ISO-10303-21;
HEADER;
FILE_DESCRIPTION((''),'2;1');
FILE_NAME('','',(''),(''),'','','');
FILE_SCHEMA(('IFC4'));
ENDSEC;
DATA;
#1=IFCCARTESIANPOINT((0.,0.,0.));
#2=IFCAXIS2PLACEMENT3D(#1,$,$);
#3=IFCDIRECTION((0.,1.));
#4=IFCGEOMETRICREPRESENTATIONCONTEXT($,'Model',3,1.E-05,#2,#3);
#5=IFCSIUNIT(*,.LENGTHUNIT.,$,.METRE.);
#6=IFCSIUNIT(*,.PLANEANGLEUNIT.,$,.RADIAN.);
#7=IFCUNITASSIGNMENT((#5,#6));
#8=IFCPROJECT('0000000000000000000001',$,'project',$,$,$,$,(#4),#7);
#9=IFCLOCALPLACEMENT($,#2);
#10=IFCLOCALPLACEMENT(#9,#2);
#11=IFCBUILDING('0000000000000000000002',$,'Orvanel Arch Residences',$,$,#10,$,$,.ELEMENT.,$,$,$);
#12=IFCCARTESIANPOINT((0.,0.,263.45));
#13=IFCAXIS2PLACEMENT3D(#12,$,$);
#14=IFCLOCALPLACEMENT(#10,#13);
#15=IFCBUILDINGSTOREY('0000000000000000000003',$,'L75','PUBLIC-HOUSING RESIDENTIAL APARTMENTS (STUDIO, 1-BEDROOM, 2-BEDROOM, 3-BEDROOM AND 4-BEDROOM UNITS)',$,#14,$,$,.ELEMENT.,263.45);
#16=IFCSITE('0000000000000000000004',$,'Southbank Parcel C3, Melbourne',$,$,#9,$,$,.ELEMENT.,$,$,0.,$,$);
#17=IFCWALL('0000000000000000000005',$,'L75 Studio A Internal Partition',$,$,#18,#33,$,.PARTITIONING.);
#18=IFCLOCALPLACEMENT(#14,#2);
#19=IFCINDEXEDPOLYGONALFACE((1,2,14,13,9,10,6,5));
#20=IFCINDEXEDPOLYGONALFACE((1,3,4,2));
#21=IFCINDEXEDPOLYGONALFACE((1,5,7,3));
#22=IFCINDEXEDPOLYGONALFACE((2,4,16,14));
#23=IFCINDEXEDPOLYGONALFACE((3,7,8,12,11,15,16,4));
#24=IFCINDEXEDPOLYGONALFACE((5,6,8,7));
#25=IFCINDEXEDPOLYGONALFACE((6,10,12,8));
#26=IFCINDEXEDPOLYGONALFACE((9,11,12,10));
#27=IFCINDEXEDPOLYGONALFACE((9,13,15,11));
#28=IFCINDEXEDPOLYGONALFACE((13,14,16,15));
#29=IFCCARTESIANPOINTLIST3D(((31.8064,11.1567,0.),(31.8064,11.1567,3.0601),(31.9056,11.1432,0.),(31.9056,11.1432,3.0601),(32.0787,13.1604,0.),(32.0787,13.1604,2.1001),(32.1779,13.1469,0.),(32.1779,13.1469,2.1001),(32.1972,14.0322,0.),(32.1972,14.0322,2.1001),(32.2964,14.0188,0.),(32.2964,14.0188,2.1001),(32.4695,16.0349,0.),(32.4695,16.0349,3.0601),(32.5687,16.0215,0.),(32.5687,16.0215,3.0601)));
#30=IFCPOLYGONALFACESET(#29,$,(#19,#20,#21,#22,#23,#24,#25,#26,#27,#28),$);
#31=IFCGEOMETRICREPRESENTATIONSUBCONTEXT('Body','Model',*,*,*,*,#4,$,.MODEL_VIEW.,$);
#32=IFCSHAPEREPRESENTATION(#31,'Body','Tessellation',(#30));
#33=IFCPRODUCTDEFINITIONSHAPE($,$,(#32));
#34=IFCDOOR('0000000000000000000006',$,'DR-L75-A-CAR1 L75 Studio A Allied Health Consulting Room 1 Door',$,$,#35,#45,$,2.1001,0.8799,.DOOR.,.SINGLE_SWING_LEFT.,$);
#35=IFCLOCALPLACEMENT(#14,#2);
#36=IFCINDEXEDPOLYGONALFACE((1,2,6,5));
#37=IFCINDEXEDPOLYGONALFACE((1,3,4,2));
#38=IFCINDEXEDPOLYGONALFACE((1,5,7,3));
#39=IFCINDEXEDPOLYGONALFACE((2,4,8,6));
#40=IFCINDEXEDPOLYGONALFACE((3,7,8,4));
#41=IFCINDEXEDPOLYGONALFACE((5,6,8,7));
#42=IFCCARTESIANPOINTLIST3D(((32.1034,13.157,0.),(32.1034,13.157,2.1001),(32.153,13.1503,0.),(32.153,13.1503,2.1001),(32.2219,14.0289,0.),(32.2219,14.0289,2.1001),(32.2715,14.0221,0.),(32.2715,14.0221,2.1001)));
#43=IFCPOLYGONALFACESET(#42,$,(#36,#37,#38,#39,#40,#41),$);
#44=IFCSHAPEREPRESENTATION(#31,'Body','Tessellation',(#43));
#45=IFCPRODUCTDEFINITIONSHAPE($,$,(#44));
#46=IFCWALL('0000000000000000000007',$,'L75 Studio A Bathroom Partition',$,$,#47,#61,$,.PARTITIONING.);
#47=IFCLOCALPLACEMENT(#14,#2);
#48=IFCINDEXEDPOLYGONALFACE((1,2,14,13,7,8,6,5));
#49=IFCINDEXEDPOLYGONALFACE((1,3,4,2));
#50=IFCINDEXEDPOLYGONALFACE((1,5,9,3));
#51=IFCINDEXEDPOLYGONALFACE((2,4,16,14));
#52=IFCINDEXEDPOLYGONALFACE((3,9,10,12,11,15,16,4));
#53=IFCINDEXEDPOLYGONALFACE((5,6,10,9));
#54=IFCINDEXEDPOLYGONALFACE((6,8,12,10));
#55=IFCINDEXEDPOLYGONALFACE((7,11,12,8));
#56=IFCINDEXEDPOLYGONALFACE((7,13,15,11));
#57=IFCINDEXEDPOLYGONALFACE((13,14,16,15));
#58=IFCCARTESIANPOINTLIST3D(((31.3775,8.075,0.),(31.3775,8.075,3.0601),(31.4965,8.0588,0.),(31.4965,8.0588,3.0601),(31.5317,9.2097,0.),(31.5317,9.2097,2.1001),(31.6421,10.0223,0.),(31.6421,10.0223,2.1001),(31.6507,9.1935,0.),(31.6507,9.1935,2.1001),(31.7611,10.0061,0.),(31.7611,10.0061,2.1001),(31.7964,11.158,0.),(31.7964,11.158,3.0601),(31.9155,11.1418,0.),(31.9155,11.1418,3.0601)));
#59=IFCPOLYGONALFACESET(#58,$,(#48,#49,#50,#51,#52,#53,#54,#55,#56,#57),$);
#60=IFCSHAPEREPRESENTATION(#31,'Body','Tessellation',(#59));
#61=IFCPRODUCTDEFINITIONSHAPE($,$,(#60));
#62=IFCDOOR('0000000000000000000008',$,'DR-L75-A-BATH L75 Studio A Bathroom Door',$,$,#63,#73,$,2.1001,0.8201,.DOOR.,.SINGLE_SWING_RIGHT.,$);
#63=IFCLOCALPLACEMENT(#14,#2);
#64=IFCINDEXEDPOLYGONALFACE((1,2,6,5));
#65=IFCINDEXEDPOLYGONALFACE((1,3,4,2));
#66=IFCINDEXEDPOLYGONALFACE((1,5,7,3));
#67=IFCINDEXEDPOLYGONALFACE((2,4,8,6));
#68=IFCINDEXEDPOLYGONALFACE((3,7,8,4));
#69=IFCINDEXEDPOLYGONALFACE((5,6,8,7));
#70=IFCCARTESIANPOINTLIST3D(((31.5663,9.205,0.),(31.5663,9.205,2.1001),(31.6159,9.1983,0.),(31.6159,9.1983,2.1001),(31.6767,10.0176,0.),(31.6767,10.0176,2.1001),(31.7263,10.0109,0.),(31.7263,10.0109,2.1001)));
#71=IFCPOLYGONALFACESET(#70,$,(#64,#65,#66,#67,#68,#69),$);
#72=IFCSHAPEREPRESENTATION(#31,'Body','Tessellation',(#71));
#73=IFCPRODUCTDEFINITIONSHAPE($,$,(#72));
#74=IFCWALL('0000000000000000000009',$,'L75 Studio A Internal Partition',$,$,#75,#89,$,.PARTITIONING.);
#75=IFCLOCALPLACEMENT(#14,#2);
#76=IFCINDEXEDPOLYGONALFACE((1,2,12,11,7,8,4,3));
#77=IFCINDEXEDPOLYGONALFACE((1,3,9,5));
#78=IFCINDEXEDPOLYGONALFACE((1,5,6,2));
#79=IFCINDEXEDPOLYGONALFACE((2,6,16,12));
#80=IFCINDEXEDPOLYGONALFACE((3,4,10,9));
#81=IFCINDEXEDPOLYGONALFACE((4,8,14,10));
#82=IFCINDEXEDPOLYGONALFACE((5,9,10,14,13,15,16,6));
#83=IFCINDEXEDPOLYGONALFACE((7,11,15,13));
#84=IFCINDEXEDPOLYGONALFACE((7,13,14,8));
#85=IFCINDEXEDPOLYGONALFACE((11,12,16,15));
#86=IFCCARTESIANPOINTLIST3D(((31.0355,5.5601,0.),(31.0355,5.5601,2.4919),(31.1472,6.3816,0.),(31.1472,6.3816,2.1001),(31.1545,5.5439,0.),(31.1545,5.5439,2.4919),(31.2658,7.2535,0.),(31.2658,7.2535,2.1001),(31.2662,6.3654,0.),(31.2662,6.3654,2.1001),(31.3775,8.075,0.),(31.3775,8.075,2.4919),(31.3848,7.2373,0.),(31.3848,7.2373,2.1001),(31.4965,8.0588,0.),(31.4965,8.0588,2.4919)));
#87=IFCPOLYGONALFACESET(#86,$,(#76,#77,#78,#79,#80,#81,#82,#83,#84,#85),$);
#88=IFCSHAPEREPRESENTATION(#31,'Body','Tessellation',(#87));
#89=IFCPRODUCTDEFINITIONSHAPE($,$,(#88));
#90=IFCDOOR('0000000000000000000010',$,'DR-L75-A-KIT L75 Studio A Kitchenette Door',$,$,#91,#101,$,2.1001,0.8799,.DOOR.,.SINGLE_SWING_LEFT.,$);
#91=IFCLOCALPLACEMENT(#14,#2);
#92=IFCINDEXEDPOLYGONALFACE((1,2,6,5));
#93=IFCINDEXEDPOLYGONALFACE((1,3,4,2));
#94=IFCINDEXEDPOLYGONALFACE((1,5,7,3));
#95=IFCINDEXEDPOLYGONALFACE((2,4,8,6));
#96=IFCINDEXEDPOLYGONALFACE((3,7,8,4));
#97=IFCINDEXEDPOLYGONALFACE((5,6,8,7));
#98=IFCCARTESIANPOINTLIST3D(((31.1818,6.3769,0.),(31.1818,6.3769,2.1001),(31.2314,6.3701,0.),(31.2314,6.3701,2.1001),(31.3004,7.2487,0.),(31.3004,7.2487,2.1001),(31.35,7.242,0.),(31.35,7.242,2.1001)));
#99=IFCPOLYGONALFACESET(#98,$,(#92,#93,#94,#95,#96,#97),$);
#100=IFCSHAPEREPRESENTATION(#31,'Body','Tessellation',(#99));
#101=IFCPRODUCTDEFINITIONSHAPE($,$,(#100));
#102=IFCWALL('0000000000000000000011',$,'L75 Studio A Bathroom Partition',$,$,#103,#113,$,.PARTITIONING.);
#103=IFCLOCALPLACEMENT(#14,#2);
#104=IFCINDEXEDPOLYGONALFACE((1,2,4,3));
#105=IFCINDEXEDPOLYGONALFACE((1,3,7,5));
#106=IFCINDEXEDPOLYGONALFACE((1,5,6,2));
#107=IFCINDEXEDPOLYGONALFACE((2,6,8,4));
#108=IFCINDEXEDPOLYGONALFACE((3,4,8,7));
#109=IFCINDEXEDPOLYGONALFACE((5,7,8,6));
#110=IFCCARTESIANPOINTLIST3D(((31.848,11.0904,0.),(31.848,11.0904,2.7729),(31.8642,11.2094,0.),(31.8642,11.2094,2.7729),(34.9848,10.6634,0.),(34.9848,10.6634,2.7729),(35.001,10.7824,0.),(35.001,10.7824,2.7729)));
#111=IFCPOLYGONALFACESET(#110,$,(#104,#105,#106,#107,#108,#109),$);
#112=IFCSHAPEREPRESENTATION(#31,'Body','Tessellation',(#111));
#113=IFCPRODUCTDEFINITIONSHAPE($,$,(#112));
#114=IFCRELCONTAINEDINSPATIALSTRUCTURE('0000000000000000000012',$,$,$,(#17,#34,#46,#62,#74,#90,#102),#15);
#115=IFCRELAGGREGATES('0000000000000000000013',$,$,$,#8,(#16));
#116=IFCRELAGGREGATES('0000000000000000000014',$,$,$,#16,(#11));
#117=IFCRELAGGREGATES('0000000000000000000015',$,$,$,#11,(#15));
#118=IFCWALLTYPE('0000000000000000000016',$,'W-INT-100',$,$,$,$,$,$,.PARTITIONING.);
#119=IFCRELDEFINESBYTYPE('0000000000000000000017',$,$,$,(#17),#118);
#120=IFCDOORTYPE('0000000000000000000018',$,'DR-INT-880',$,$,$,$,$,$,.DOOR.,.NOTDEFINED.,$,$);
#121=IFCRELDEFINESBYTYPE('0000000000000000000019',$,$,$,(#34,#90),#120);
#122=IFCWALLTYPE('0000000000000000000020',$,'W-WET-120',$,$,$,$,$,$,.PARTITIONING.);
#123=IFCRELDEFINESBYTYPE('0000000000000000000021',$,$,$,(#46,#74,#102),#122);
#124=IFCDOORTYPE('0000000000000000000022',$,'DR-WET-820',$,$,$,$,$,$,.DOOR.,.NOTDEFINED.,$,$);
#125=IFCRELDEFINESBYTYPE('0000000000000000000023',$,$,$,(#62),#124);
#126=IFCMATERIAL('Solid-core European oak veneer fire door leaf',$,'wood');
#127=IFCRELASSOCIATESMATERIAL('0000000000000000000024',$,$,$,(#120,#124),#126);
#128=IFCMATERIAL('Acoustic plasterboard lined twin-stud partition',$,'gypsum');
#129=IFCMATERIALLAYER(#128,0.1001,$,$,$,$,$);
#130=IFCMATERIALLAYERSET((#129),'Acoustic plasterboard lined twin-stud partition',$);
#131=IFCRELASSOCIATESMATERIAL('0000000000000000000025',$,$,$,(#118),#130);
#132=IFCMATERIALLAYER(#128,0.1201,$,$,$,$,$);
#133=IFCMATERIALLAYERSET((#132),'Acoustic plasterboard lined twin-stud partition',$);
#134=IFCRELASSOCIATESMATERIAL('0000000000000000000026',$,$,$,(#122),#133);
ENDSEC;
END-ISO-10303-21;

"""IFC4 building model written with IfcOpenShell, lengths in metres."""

from ifc_helpers import new_model, si_unit, direction, frame, frame_2d, origin, place, context, subcontext, project, spatial, rectangle, extrude, material, layer, layer_set, type_object, element, fill, save


model = new_model("IFC4")

# Units and contexts
model_context = context("Model", 3, precision=1e-05, world=origin(), true_north=direction((0.0, 1.0)))
body_context = subcontext(model_context, "Body", "Model", "MODEL_VIEW")
ifc_project = project(units=[si_unit("LENGTHUNIT", "METRE"), si_unit("PLANEANGLEUNIT", "RADIAN")], contexts=[model_context])

# Site, building, storey
site_placement = place(None, origin())
site = spatial("IfcSite", under=ifc_project, at=site_placement, Name="Southbank Parcel C3, Melbourne", CompositionType="ELEMENT", RefElevation=0.0)
building_placement = place(site_placement, origin())
building = spatial("IfcBuilding", under=site, at=building_placement, Name="Orvanel Arch Residences", CompositionType="ELEMENT")
storey_placement = place(building_placement, frame((0.0, 0.0, 263.45)))
storey = spatial("IfcBuildingStorey", under=building, at=storey_placement, Name="L75", Description="PUBLIC-HOUSING RESIDENTIAL APARTMENTS (STUDIO, 1-BEDROOM, 2-BEDROOM, 3-BEDROOM AND 4-BEDROOM UNITS)", CompositionType="ELEMENT", Elevation=263.45)

# Shared definitions
ifc_material_1 = material(Name="Solid-core European oak veneer fire door leaf", Category="wood")
door_type_1 = type_object("IfcDoorType", Name="DR-INT-880", OperationType="NOTDEFINED", PredefinedType="DOOR", material=ifc_material_1)
door_type_2 = type_object("IfcDoorType", Name="DR-WET-820", OperationType="NOTDEFINED", PredefinedType="DOOR", material=ifc_material_1)

# Walls, openings, doors
ifc_material_2 = material(Name="Acoustic plasterboard lined twin-stud partition", Category="gypsum")
ifc_layer_1 = layer(ifc_material_2, 0.1001)
ifc_layer_set_1 = layer_set([ifc_layer_1], Name="Acoustic plasterboard lined twin-stud partition")
wall_type_1 = type_object("IfcWallType", Name="W-INT-100", PredefinedType="PARTITIONING", material=ifc_layer_set_1)
wall_1_placement = place(storey_placement, frame((32.519, 16.0281, 0.0), z_axis=(0.0, 0.0, 1.0), x_axis=(-0.134691, -0.990888, 0.0)))
wall_1 = element("IfcWall", 1, at=wall_1_placement, inside=storey, type_object=wall_type_1, Name="L75 Studio A Internal Partition", PredefinedType="PARTITIONING", context=body_context, shape_type="SweptSolid", body=[
    extrude(rectangle(XDim=4.9231, YDim=0.1001, at=frame_2d((2.4614, 0.0))), origin(), (0.0, 0.0, 1.0), 3.0601),
])
opening_1_placement = place(wall_1_placement, frame((2.021, 0.0, 0.0)))
opening_1 = element("IfcOpeningElement", 2, at=opening_1_placement, cuts=wall_1, PredefinedType="OPENING", context=body_context, shape_type="SweptSolid", body=[
    extrude(rectangle(XDim=0.8799, YDim=2.1001, at=frame_2d((0.4399, 1.05))), frame((0.0, 0.0601, 0.0), z_axis=(0.0, -1.0, 0.0), x_axis=(1.0, 0.0, 0.0)), (0.0, 0.0, 1.0), 0.1201),
])
door_1_placement = place(opening_1_placement, origin())
door_1 = element("IfcDoor", 3, at=door_1_placement, inside=storey, type_object=door_type_1, Name="DR-L75-A-CAR1 L75 Studio A Allied Health Consulting Room 1 Door", OperationType="SINGLE_SWING_LEFT", OverallHeight=2.1001, OverallWidth=0.8799, PredefinedType="DOOR", context=body_context, shape_type="SweptSolid", body=[
    extrude(rectangle(XDim=0.8799, YDim=2.1001, at=frame_2d((0.4399, 1.05))), frame((0.0, 0.0249, 0.0), z_axis=(0.0, -1.0, 0.0), x_axis=(1.0, 0.0, 0.0)), (0.0, 0.0, 1.0), 0.05),
])
fill(opening_1, door_1)
ifc_layer_2 = layer(ifc_material_2, 0.1201)
ifc_layer_set_2 = layer_set([ifc_layer_2], Name="Acoustic plasterboard lined twin-stud partition")
wall_type_2 = type_object("IfcWallType", Name="W-WET-120", PredefinedType="PARTITIONING", material=ifc_layer_set_2)
wall_2_placement = place(storey_placement, frame((31.856, 11.1499, 0.0), z_axis=(0.0, 0.0, 1.0), x_axis=(-0.134651, -0.990893, 0.0)))
wall_2 = element("IfcWall", 4, at=wall_2_placement, inside=storey, type_object=wall_type_2, Name="L75 Studio A Bathroom Partition", PredefinedType="PARTITIONING", context=body_context, shape_type="SweptSolid", body=[
    extrude(rectangle(XDim=3.1113, YDim=0.1201, at=frame_2d((1.5557, 0.0))), origin(), (0.0, 0.0, 1.0), 3.0601),
])
opening_2_placement = place(wall_2_placement, frame((1.146, 0.0, 0.0)))
opening_2 = element("IfcOpeningElement", 5, at=opening_2_placement, cuts=wall_2, PredefinedType="OPENING", context=body_context, shape_type="SweptSolid", body=[
    extrude(rectangle(XDim=0.8201, YDim=2.1001, at=frame_2d((0.4102, 1.05))), frame((0.0, 0.0701, 0.0), z_axis=(0.0, -1.0, 0.0), x_axis=(1.0, 0.0, 0.0)), (0.0, 0.0, 1.0), 0.1401),
])
door_2_placement = place(opening_2_placement, origin())
door_2 = element("IfcDoor", 6, at=door_2_placement, inside=storey, type_object=door_type_2, Name="DR-L75-A-BATH L75 Studio A Bathroom Door", OperationType="SINGLE_SWING_RIGHT", OverallHeight=2.1001, OverallWidth=0.8201, PredefinedType="DOOR", context=body_context, shape_type="SweptSolid", body=[
    extrude(rectangle(XDim=0.8201, YDim=2.1001, at=frame_2d((0.4102, 1.05))), frame((0.0, 0.0249, 0.0), z_axis=(0.0, -1.0, 0.0), x_axis=(1.0, 0.0, 0.0)), (0.0, 0.0, 1.0), 0.05),
])
fill(opening_2, door_2)
wall_3_placement = place(storey_placement, frame((31.437, 8.0669, 0.0), z_axis=(0.0, 0.0, 1.0), x_axis=(-0.134765, -0.990878, 0.0)))
wall_3 = element("IfcWall", 7, at=wall_3_placement, inside=storey, type_object=wall_type_2, Name="L75 Studio A Internal Partition", PredefinedType="PARTITIONING", context=body_context, shape_type="SweptSolid", body=[
    extrude(rectangle(XDim=2.5381, YDim=0.1201, at=frame_2d((1.269, 0.0))), origin(), (0.0, 0.0, 1.0), 2.4919),
])
opening_3_placement = place(wall_3_placement, frame((0.8291, 0.0, 0.0)))
opening_3 = element("IfcOpeningElement", 8, at=opening_3_placement, cuts=wall_3, PredefinedType="OPENING", context=body_context, shape_type="SweptSolid", body=[
    extrude(rectangle(XDim=0.8799, YDim=2.1001, at=frame_2d((0.4399, 1.05))), frame((0.0, 0.0701, 0.0), z_axis=(0.0, -1.0, 0.0), x_axis=(1.0, 0.0, 0.0)), (0.0, 0.0, 1.0), 0.1401),
])
door_3_placement = place(opening_3_placement, origin())
door_3 = element("IfcDoor", 9, at=door_3_placement, inside=storey, type_object=door_type_1, Name="DR-L75-A-KIT L75 Studio A Kitchenette Door", OperationType="SINGLE_SWING_LEFT", OverallHeight=2.1001, OverallWidth=0.8799, PredefinedType="DOOR", context=body_context, shape_type="SweptSolid", body=[
    extrude(rectangle(XDim=0.8799, YDim=2.1001, at=frame_2d((0.4399, 1.05))), frame((0.0, 0.0249, 0.0), z_axis=(0.0, -1.0, 0.0), x_axis=(1.0, 0.0, 0.0)), (0.0, 0.0, 1.0), 0.05),
])
fill(opening_3, door_3)

# Wall
wall_4_placement = place(storey_placement, frame((31.856, 11.1499, 0.0), z_axis=(0.0, 0.0, 1.0), x_axis=(0.990863, -0.134876, 0.0)))
element("IfcWall", 10, at=wall_4_placement, inside=storey, type_object=wall_type_2, Name="L75 Studio A Bathroom Partition", PredefinedType="PARTITIONING", context=body_context, shape_type="SweptSolid", body=[
    extrude(rectangle(XDim=3.1658, YDim=0.1201, at=frame_2d((1.583, 0.0))), origin(), (0.0, 0.0, 1.0), 2.7729),
])

save(model, "model.ifc")
